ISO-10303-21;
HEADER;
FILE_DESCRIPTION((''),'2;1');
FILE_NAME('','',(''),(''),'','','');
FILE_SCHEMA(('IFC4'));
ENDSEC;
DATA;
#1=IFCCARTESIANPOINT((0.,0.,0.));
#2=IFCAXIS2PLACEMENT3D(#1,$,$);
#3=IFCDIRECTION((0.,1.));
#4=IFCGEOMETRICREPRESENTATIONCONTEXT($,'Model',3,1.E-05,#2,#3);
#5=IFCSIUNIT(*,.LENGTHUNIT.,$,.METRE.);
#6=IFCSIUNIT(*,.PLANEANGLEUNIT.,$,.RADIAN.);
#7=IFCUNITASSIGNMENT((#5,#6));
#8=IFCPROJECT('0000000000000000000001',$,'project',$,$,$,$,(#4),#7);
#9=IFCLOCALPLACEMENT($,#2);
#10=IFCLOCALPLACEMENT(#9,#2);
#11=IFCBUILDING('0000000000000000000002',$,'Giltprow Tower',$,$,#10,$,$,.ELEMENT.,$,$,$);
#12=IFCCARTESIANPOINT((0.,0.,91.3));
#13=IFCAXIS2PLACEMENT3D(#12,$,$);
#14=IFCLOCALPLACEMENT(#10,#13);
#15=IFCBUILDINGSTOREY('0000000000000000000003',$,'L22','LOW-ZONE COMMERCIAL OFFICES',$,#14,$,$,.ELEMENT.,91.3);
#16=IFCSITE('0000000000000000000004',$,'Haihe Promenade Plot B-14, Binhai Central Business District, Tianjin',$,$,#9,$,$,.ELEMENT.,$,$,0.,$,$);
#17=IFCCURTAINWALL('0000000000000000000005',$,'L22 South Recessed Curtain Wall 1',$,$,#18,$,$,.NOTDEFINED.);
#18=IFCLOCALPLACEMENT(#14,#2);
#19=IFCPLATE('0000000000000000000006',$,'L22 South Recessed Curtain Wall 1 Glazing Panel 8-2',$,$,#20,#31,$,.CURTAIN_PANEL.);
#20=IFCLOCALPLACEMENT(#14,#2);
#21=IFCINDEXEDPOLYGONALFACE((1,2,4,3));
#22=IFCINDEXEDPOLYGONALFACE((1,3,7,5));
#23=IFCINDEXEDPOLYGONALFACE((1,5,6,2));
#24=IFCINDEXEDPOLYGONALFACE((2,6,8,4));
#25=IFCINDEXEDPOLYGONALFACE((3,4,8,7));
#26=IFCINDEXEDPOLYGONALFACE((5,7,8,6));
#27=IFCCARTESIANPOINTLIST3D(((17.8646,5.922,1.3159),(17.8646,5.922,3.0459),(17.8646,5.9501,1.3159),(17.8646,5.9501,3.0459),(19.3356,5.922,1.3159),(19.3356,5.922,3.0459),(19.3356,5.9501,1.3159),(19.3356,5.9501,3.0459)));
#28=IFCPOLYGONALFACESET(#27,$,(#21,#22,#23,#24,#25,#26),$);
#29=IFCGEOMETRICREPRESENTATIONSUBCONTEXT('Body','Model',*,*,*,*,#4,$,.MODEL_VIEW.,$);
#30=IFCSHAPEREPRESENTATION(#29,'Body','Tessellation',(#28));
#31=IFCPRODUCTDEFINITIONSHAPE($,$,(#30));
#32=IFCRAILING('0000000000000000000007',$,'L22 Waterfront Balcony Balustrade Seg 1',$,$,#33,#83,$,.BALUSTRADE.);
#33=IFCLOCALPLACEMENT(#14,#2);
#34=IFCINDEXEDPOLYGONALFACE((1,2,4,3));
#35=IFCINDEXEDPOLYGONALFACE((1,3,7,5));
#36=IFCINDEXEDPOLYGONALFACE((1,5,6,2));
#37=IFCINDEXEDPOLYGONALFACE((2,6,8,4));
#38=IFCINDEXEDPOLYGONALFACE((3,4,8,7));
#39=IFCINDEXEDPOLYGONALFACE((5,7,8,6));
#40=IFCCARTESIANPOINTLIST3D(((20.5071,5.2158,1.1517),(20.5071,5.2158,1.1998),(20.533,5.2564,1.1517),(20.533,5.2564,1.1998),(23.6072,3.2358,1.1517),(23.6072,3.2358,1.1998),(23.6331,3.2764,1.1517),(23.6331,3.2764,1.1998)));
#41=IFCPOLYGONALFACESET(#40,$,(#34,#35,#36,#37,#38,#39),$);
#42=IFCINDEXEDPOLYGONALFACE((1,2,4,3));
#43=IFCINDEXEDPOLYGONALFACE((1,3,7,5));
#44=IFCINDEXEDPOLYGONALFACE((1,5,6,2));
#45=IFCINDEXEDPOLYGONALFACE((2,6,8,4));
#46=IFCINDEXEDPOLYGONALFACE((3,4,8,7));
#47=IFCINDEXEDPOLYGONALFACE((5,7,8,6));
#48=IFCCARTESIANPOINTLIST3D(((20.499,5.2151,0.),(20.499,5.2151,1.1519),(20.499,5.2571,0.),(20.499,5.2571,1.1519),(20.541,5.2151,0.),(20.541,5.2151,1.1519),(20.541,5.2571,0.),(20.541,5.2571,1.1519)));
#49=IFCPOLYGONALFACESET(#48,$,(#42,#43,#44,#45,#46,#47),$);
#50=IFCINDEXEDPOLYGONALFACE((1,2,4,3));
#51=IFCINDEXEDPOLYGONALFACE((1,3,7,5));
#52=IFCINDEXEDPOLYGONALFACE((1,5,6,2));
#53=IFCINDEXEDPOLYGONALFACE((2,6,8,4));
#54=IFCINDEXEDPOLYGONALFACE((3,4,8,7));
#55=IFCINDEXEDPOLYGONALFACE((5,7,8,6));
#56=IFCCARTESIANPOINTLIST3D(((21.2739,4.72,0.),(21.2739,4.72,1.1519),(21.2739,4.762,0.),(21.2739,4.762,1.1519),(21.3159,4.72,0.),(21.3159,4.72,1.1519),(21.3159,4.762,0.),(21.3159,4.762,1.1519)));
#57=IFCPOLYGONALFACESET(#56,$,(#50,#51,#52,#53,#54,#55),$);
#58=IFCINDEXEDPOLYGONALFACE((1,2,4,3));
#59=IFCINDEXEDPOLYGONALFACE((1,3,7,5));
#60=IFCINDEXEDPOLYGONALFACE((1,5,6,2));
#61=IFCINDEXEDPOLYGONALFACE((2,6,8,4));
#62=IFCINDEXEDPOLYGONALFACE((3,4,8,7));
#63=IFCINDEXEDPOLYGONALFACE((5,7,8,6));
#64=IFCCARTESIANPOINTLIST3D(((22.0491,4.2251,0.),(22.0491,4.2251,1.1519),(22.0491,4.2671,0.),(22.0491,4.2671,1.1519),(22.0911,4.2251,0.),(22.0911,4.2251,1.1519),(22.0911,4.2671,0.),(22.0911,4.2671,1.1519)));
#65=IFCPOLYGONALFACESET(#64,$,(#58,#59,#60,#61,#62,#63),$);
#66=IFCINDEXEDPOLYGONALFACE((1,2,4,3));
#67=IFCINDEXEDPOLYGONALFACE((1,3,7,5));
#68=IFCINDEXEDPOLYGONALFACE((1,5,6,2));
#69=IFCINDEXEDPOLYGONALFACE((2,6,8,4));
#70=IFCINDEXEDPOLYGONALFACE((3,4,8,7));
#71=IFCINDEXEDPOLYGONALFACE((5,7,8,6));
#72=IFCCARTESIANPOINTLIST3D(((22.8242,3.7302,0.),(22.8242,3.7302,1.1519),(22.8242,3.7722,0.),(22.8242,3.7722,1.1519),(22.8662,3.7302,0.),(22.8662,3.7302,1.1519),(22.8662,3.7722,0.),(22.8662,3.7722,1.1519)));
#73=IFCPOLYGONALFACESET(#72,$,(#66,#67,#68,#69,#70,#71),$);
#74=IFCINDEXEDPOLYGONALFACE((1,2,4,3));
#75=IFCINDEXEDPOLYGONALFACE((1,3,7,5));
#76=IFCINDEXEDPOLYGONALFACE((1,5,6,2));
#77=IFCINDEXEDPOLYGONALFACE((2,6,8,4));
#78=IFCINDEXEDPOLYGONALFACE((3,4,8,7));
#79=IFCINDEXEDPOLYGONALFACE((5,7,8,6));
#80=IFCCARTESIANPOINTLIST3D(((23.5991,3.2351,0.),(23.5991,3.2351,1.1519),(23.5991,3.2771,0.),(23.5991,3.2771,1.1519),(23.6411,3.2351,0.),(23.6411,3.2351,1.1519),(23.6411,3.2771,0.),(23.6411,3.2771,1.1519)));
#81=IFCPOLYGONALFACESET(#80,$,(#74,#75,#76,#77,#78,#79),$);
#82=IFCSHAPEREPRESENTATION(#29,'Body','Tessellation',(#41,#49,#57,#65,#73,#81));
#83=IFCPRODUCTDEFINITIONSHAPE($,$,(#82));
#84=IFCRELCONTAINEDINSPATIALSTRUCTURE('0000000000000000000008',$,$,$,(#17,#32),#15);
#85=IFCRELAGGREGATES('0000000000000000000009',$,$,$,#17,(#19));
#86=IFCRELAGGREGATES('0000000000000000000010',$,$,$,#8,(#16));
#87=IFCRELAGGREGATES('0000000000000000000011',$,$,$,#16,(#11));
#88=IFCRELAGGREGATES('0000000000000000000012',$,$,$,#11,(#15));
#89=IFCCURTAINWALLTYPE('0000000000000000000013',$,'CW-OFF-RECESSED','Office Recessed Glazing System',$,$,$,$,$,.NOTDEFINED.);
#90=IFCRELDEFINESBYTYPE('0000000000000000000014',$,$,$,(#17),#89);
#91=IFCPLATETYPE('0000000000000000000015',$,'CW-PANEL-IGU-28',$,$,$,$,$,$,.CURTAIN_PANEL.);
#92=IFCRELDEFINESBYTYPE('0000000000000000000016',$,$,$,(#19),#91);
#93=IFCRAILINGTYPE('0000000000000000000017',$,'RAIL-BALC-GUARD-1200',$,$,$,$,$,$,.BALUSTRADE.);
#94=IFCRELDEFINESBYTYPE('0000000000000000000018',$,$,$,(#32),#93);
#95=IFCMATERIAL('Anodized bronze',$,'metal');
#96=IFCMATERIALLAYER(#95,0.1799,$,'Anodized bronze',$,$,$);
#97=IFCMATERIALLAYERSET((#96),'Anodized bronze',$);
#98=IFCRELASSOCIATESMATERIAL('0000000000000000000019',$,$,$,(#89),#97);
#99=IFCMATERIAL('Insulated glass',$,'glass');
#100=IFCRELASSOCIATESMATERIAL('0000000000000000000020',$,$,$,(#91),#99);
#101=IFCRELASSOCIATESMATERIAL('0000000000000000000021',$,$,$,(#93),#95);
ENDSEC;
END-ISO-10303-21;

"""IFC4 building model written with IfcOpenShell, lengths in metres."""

from ifc_helpers import new_model, si_unit, direction, frame, origin, origin_2d, place, context, subcontext, project, spatial, rectangle, extrude, source, transform, mapped, material, layer, layer_set, type_object, element, aggregate, save


model = new_model("IFC4")

# Units and contexts
model_context = context("Model", 3, precision=1e-05, world=origin(), true_north=direction((0.0, 1.0)))
body_context = subcontext(model_context, "Body", "Model", "MODEL_VIEW")
ifc_project = project(units=[si_unit("LENGTHUNIT", "METRE"), si_unit("PLANEANGLEUNIT", "RADIAN")], contexts=[model_context])

# Site, building, storey
site_placement = place(None, origin())
site = spatial("IfcSite", under=ifc_project, at=site_placement, Name="Haihe Promenade Plot B-14, Binhai Central Business District, Tianjin", CompositionType="ELEMENT", RefElevation=0.0)
building_placement = place(site_placement, origin())
building = spatial("IfcBuilding", under=site, at=building_placement, Name="Giltprow Tower", CompositionType="ELEMENT")
storey_placement = place(building_placement, frame((0.0, 0.0, 91.3)))
storey = spatial("IfcBuildingStorey", under=building, at=storey_placement, Name="L22", Description="LOW-ZONE COMMERCIAL OFFICES", CompositionType="ELEMENT", Elevation=91.3)

# Curtain wall, plate
ifc_material_1 = material(Name="Anodized bronze", Category="metal")
ifc_layer = layer(ifc_material_1, 0.1799, Name="Anodized bronze")
ifc_layer_set = layer_set([ifc_layer], Name="Anodized bronze")
curtain_wall_type = type_object("IfcCurtainWallType", Name="CW-OFF-RECESSED", Description="Office Recessed Glazing System", PredefinedType="NOTDEFINED", material=ifc_layer_set)
curtain_wall_placement = place(storey_placement, origin())
curtain_wall = element("IfcCurtainWall", 1, at=curtain_wall_placement, inside=storey, type_object=curtain_wall_type, Name="L22 South Recessed Curtain Wall 1", PredefinedType="NOTDEFINED")
ifc_material_2 = material(Name="Insulated glass", Category="glass")
plate_type = type_object("IfcPlateType", Name="CW-PANEL-IGU-28", PredefinedType="CURTAIN_PANEL", material=ifc_material_2)
shared_shape_1 = source(origin(), body_context, "Body", "SweptSolid", [
    extrude(rectangle(XDim=1.4709, YDim=0.0281, at=origin_2d()), origin(), (0.0, 0.0, 1.0), 1.73),
])
plate_1_placement = place(storey_placement, frame((18.6001, 5.936, 1.3159), z_axis=(0.0, 0.0, 1.0), x_axis=(1.0, 0.0, 0.0)))
plate_1 = element("IfcPlate", 2, at=plate_1_placement, type_object=plate_type, Name="L22 South Recessed Curtain Wall 1 Glazing Panel 8-2", PredefinedType="CURTAIN_PANEL", context=body_context, shape_type="MappedRepresentation", body=[
    mapped(shared_shape_1, transform((0.0, 0.0, 0.0), x_axis=(1.0, 0.0, 0.0), y_axis=(0.0, 1.0, 0.0), z_axis=(0.0, 0.0, 1.0), scale=1.0)),
])
aggregate(curtain_wall, [plate_1])

# Railing
railing_type = type_object("IfcRailingType", Name="RAIL-BALC-GUARD-1200", PredefinedType="BALUSTRADE", material=ifc_material_1)
railing_1_placement = place(storey_placement, frame((20.52, 5.2361, 0.0)))
element("IfcRailing", 3, at=railing_1_placement, inside=storey, type_object=railing_type, Name="L22 Waterfront Balcony Balustrade Seg 1", PredefinedType="BALUSTRADE", context=body_context, shape_type="SweptSolid", body=[
    extrude(rectangle(XDim=0.0481, YDim=0.0481, at=origin_2d()), frame((0.0, 0.0, 1.1758), z_axis=(0.842775, -0.538266, 0.0), x_axis=(0.538266, 0.842775, 0.0)), (0.0, 0.0, 1.0), 3.6785),
    extrude(rectangle(XDim=0.042, YDim=0.042, at=origin_2d()), origin(), (0.0, 0.0, 1.0), 1.1519),
    extrude(rectangle(XDim=0.042, YDim=0.042, at=origin_2d()), frame((0.7749, -0.4951, 0.0)), (0.0, 0.0, 1.0), 1.1519),
    extrude(rectangle(XDim=0.042, YDim=0.042, at=origin_2d()), frame((1.55, -0.99, 0.0)), (0.0, 0.0, 1.0), 1.1519),
    extrude(rectangle(XDim=0.042, YDim=0.042, at=origin_2d()), frame((2.3252, -1.4849, 0.0)), (0.0, 0.0, 1.0), 1.1519),
    extrude(rectangle(XDim=0.042, YDim=0.042, at=origin_2d()), frame((3.1001, -1.98, 0.0)), (0.0, 0.0, 1.0), 1.1519),
])

save(model, "model.ifc")
